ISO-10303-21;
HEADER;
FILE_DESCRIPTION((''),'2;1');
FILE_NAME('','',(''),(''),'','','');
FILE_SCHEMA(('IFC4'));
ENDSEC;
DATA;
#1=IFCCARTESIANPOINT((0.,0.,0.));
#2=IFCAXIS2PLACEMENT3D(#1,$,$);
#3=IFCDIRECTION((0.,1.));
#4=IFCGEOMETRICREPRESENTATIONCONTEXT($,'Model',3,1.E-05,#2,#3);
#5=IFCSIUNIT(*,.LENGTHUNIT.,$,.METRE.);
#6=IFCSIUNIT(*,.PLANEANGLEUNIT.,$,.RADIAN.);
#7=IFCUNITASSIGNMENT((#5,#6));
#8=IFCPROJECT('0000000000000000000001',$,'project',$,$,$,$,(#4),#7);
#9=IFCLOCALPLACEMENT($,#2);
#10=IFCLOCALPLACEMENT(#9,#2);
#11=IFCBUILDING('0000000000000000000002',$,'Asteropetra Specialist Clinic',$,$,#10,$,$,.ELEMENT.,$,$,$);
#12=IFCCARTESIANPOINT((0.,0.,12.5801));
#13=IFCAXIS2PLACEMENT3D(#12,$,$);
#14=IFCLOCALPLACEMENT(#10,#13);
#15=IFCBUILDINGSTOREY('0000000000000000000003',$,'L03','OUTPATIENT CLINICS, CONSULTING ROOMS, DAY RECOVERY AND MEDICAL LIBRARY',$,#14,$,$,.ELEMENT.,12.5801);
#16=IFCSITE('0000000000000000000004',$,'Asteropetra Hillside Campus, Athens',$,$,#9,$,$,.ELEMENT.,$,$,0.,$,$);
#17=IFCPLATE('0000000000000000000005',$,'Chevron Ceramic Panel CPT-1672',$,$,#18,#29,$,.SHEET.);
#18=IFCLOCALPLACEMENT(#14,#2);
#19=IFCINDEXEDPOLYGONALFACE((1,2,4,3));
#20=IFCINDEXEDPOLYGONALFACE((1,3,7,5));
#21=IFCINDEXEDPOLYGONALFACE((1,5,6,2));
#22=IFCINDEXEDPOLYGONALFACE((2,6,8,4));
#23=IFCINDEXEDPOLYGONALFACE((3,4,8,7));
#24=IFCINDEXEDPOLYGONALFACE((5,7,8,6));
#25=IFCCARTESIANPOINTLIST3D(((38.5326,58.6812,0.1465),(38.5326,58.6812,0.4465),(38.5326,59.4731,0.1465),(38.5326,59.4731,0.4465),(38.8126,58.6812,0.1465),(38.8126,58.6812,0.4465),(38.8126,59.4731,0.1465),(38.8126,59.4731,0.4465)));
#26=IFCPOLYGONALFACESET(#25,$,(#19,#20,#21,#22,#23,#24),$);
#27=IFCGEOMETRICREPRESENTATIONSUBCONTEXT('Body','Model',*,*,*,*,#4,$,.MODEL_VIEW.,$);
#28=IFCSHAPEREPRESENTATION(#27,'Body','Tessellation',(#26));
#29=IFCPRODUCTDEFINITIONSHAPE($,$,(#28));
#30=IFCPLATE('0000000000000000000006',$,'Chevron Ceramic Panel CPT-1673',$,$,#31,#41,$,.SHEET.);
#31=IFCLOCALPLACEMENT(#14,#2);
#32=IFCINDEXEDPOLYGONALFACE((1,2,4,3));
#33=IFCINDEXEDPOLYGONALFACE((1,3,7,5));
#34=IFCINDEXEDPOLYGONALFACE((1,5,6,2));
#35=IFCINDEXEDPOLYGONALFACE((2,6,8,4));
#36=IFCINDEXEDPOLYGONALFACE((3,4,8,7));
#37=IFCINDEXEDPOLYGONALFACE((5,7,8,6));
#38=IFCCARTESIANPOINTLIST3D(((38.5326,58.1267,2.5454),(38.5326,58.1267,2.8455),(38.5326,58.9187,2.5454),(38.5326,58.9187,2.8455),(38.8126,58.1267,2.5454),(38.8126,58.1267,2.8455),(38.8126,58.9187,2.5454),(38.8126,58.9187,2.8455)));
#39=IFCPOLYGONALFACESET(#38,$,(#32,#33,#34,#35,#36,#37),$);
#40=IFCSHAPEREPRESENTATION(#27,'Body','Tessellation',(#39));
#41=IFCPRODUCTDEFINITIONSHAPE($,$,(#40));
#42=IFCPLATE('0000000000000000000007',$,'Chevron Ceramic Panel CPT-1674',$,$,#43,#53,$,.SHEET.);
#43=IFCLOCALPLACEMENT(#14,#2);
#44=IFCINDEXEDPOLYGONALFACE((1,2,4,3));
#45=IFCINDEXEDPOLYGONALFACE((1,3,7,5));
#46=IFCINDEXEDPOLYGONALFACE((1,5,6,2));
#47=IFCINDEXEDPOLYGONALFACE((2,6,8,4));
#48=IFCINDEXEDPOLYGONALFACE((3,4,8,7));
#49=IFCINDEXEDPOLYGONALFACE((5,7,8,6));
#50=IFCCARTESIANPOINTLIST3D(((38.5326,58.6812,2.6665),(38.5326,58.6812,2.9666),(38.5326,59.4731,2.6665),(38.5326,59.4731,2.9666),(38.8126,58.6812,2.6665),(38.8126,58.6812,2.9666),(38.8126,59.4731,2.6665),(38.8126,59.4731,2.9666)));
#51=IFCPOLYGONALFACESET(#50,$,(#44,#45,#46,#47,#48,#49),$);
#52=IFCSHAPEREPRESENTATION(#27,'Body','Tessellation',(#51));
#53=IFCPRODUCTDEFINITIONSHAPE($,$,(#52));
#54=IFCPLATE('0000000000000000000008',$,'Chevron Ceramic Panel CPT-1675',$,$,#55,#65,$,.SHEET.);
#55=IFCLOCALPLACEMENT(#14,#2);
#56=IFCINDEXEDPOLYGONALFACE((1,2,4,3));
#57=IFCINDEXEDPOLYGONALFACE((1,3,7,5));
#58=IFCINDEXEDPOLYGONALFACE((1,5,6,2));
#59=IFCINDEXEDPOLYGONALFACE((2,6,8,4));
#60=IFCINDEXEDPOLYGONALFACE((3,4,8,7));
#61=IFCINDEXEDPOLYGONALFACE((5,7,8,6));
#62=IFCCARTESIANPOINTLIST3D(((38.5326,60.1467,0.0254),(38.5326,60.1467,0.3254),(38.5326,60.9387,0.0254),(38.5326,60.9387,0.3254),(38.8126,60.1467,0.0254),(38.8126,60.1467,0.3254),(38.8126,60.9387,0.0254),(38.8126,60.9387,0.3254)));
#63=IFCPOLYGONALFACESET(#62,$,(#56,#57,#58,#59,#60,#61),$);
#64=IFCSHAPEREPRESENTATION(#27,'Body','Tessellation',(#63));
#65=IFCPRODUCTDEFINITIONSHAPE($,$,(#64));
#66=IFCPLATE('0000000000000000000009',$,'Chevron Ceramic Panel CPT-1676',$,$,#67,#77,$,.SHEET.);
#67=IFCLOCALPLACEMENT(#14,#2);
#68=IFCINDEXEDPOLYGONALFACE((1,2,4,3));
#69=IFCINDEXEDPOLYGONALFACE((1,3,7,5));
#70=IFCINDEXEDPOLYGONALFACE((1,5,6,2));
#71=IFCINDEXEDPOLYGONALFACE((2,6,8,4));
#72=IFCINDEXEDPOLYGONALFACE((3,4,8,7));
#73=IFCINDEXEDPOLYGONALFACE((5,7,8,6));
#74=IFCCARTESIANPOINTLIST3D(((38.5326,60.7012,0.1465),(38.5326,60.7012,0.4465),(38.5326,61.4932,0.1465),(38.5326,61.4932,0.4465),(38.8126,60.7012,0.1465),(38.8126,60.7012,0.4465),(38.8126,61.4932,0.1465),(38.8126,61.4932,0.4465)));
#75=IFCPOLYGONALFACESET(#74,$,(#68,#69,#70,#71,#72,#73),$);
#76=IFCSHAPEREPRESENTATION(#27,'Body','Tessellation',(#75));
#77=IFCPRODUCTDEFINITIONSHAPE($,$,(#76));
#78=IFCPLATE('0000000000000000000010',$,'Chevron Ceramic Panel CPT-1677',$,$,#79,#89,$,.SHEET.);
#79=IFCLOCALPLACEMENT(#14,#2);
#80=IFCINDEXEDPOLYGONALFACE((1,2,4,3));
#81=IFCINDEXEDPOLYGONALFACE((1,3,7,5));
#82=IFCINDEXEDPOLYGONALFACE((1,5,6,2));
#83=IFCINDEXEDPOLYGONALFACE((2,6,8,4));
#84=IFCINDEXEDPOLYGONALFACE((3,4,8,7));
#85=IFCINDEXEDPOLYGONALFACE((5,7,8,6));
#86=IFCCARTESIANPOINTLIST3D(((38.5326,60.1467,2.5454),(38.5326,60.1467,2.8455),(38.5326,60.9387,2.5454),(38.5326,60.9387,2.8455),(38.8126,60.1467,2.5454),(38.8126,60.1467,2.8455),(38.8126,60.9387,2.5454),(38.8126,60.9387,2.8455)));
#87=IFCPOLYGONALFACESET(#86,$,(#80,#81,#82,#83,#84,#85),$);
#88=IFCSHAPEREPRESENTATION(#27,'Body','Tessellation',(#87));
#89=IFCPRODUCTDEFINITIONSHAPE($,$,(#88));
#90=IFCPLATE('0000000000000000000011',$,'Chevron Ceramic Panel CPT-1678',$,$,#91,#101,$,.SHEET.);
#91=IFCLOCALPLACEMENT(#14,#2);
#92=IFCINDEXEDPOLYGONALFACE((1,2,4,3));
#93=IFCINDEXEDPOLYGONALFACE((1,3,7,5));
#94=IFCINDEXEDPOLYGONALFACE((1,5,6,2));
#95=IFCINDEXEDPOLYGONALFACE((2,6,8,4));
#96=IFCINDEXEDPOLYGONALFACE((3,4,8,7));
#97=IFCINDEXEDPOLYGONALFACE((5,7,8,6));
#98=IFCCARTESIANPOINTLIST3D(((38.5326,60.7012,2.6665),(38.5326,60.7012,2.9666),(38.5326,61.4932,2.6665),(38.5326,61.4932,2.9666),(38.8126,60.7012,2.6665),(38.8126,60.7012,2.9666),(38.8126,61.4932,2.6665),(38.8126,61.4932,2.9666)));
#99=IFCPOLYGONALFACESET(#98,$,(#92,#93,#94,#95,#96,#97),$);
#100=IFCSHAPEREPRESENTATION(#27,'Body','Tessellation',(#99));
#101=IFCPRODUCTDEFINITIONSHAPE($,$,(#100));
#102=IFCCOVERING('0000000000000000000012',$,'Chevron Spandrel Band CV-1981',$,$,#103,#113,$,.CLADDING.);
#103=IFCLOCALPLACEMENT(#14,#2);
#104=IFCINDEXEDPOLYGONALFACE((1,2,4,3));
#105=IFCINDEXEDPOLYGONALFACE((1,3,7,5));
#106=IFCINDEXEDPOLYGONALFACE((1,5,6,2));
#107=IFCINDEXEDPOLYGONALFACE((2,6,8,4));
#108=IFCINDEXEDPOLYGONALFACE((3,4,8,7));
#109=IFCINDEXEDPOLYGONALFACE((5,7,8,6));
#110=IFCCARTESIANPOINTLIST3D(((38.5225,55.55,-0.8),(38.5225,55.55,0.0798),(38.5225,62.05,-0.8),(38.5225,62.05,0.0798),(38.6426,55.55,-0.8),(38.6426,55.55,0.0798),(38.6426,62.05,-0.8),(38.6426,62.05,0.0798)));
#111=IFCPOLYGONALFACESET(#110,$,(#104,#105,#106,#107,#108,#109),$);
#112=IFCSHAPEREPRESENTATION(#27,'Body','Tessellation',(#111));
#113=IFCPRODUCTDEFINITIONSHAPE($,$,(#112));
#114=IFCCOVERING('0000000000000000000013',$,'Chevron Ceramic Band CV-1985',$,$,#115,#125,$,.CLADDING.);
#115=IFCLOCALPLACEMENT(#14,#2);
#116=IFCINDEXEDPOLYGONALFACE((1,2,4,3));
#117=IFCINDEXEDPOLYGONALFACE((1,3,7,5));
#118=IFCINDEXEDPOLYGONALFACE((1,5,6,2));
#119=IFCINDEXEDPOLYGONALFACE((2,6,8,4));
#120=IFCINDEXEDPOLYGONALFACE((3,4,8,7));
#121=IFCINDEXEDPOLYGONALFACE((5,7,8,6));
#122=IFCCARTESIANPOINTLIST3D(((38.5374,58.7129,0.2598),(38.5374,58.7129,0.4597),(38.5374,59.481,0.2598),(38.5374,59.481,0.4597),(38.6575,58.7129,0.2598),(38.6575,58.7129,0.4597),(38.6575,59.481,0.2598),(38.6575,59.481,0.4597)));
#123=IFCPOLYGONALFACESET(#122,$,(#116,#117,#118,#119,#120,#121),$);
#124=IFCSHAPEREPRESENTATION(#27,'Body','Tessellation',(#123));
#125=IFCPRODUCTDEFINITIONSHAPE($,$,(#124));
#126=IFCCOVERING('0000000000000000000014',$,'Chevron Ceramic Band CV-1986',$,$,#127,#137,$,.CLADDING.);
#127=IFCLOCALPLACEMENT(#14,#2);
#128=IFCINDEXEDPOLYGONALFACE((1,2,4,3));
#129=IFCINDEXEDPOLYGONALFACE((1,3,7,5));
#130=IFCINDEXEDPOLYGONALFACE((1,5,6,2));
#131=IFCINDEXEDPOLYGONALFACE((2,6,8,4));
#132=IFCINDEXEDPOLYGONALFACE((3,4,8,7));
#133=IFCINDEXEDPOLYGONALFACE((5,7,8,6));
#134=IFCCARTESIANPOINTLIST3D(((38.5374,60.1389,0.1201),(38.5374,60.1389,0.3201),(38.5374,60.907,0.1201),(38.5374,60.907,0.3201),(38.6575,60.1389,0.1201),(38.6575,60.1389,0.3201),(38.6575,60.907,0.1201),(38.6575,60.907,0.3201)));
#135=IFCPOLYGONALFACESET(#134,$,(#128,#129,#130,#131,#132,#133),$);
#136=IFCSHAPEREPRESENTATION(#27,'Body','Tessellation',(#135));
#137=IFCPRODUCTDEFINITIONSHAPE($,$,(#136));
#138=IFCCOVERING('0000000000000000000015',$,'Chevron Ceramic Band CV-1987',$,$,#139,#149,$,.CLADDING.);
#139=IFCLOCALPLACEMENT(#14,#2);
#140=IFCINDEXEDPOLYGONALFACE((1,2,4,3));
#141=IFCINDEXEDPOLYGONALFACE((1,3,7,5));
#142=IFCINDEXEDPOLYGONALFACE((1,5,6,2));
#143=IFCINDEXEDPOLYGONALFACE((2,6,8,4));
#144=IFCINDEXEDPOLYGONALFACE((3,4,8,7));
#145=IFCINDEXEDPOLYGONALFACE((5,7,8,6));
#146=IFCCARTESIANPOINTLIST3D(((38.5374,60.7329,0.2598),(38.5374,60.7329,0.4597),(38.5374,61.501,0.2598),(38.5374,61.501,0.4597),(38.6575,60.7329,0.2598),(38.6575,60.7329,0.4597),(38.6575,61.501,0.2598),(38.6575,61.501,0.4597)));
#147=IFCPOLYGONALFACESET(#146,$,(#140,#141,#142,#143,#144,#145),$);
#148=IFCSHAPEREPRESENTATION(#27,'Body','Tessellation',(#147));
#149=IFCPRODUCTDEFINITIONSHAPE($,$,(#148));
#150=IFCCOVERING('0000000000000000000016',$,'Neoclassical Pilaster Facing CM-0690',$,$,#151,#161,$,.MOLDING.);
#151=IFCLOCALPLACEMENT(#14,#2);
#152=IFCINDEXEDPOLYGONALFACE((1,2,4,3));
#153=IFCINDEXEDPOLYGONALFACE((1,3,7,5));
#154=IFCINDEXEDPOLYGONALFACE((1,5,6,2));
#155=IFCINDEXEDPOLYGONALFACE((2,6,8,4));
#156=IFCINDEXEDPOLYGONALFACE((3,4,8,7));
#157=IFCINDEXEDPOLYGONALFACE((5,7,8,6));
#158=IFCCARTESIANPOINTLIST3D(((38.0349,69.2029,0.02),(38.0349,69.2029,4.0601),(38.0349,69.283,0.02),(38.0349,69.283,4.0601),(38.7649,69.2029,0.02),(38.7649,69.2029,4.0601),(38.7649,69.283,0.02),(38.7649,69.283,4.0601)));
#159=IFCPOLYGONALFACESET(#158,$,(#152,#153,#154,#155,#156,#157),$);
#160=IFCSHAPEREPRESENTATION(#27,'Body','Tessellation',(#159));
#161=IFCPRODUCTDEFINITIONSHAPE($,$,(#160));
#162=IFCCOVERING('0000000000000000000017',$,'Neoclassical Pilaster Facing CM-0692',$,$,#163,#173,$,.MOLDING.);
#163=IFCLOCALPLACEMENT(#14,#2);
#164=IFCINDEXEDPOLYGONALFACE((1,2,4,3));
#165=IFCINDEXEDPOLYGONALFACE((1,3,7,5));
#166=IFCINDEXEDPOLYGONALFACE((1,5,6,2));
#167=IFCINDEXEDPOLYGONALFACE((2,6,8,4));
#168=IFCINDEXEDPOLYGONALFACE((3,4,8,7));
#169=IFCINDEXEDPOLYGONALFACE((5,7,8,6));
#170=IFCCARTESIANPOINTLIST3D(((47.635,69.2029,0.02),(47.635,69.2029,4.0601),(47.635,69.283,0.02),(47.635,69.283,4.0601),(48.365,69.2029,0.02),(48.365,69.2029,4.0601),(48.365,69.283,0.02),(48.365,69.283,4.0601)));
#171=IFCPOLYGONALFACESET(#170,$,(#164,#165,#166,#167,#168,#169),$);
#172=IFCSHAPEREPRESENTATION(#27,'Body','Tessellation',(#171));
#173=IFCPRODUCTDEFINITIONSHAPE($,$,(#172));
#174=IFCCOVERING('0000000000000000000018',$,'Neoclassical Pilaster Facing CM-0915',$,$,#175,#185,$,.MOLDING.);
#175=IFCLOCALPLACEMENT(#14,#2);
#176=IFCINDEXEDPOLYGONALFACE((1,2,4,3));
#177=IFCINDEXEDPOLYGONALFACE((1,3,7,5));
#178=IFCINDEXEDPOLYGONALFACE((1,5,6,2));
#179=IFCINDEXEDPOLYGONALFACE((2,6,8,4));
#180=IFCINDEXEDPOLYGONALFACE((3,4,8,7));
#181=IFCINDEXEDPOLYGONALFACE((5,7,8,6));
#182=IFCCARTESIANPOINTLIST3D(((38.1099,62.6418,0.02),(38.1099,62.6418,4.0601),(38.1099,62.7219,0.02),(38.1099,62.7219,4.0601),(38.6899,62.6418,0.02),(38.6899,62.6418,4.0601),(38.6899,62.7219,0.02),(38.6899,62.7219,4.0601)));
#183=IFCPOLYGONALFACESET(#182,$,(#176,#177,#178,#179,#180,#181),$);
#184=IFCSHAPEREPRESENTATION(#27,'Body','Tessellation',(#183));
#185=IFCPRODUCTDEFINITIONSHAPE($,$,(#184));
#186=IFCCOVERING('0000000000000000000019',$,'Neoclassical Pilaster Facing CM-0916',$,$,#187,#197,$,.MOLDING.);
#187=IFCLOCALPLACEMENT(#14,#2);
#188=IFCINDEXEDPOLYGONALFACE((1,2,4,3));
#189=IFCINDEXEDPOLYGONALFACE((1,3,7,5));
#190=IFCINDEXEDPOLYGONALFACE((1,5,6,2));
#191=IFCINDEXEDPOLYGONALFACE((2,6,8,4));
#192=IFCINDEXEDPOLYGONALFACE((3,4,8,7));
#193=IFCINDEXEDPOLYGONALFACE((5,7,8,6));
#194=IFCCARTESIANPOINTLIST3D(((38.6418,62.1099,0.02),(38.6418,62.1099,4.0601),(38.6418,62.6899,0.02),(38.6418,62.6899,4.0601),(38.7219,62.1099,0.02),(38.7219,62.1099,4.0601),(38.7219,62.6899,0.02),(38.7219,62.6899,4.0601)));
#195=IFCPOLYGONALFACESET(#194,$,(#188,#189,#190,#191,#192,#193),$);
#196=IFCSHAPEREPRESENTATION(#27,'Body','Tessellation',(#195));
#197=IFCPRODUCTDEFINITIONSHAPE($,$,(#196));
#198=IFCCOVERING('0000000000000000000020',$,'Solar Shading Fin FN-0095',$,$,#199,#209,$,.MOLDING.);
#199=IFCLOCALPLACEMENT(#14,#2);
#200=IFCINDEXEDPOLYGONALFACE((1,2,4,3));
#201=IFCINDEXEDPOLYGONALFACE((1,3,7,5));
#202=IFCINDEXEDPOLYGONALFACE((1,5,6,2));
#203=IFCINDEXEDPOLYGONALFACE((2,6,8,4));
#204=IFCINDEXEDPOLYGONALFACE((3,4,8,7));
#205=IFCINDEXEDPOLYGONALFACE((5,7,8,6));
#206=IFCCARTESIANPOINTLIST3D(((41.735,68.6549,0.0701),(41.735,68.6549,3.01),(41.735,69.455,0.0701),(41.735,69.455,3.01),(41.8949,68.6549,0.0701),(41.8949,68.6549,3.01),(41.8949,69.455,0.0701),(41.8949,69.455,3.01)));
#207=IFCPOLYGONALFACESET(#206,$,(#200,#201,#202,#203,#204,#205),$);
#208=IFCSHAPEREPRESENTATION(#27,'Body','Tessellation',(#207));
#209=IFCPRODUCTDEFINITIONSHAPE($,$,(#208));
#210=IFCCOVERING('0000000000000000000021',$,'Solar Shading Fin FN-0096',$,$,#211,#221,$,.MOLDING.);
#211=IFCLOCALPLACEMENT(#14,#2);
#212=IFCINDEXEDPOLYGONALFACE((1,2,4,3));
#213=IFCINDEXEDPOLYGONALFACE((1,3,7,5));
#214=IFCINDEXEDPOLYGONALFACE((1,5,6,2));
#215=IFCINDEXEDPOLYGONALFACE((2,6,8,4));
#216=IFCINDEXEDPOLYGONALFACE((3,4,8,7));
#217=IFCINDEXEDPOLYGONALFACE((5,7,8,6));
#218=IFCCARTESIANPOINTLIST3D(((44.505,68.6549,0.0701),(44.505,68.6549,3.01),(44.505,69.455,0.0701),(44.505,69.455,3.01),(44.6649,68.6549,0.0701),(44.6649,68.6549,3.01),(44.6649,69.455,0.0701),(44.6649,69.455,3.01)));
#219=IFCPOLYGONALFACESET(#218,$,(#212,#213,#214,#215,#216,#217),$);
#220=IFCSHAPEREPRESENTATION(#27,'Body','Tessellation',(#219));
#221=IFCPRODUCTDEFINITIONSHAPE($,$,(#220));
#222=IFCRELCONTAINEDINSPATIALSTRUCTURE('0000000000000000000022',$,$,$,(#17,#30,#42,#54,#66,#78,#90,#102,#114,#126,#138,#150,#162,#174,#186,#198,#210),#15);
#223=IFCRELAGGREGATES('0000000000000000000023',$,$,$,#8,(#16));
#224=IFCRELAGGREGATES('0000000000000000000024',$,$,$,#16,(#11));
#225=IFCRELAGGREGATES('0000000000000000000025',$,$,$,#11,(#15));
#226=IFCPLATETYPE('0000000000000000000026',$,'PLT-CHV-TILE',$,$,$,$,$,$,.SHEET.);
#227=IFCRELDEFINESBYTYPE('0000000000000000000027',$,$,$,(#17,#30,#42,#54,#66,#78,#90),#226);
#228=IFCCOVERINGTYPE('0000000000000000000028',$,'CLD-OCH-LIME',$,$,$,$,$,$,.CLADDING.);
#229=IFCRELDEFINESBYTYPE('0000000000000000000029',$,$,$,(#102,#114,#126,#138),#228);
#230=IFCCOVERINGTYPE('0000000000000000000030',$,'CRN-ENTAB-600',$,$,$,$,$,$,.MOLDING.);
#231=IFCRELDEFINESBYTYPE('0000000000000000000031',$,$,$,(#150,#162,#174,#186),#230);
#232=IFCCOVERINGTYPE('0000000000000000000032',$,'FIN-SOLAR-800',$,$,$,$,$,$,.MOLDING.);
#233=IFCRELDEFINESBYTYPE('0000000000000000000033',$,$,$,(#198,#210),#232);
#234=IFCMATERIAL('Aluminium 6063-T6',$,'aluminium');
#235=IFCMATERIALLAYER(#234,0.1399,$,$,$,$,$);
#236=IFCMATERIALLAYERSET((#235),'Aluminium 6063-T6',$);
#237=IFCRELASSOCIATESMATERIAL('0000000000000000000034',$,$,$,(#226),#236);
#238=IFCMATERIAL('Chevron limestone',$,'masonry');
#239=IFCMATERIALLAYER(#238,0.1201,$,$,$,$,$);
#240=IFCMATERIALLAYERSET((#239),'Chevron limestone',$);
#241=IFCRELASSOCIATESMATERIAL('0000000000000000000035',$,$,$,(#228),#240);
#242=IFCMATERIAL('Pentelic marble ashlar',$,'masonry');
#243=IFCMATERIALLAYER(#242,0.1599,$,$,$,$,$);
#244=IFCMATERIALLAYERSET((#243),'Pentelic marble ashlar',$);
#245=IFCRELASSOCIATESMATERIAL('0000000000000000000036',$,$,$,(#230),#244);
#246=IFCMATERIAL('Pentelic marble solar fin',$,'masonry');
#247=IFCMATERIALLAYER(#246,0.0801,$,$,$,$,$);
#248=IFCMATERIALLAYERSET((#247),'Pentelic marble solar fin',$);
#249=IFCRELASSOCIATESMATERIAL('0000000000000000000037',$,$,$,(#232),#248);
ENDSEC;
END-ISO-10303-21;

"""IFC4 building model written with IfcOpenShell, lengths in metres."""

from ifc_helpers import new_model, si_unit, direction, frame, origin, origin_2d, place, context, subcontext, project, spatial, rectangle, extrude, material, layer, layer_set, type_object, element, save


model = new_model("IFC4")

# Units and contexts
model_context = context("Model", 3, precision=1e-05, world=origin(), true_north=direction((0.0, 1.0)))
body_context = subcontext(model_context, "Body", "Model", "MODEL_VIEW")
ifc_project = project(units=[si_unit("LENGTHUNIT", "METRE"), si_unit("PLANEANGLEUNIT", "RADIAN")], contexts=[model_context])

# Site, building, storey
site_placement = place(None, origin())
site = spatial("IfcSite", under=ifc_project, at=site_placement, Name="Asteropetra Hillside Campus, Athens", CompositionType="ELEMENT", RefElevation=0.0)
building_placement = place(site_placement, origin())
building = spatial("IfcBuilding", under=site, at=building_placement, Name="Asteropetra Specialist Clinic", CompositionType="ELEMENT")
storey_placement = place(building_placement, frame((0.0, 0.0, 12.5801)))
storey = spatial("IfcBuildingStorey", under=building, at=storey_placement, Name="L03", Description="OUTPATIENT CLINICS, CONSULTING ROOMS, DAY RECOVERY AND MEDICAL LIBRARY", CompositionType="ELEMENT", Elevation=12.5801)

# Plates
ifc_material_1 = material(Name="Aluminium 6063-T6", Category="aluminium")
ifc_layer_1 = layer(ifc_material_1, 0.1399)
ifc_layer_set_1 = layer_set([ifc_layer_1], Name="Aluminium 6063-T6")
plate_type_1 = type_object("IfcPlateType", Name="PLT-CHV-TILE", PredefinedType="SHEET", material=ifc_layer_set_1)
for number, where, z_axis, x_axis, name in (
    (1, (38.6726, 59.0771, 0.1465), (0.0, 0.0, 1.0), (1.0, 0.0, 0.0), "Chevron Ceramic Panel CPT-1672"),
    (2, (38.6726, 58.5227, 2.5454), (0.0, 0.0, 1.0), (1.0, 0.0, 0.0), "Chevron Ceramic Panel CPT-1673"),
    (3, (38.6726, 59.0771, 2.6665), (0.0, 0.0, 1.0), (1.0, 0.0, 0.0), "Chevron Ceramic Panel CPT-1674"),
    (4, (38.6726, 60.5427, 0.0254), (0.0, 0.0, 1.0), (1.0, 0.0, 0.0), "Chevron Ceramic Panel CPT-1675"),
    (5, (38.6726, 61.0972, 0.1465), (0.0, 0.0, 1.0), (1.0, 0.0, 0.0), "Chevron Ceramic Panel CPT-1676"),
    (6, (38.6726, 60.5427, 2.5454), (0.0, 0.0, 1.0), (1.0, 0.0, 0.0), "Chevron Ceramic Panel CPT-1677"),
    (7, (38.6726, 61.0972, 2.6665), (0.0, 0.0, 1.0), (1.0, 0.0, 0.0), "Chevron Ceramic Panel CPT-1678"),
):
    element("IfcPlate", number, at=place(storey_placement, frame(where, z_axis=z_axis, x_axis=x_axis)), inside=storey, type_object=plate_type_1, Name=name, PredefinedType="SHEET", context=body_context, shape_type="SweptSolid", body=[
        extrude(rectangle(XDim=0.28, YDim=0.792, at=origin_2d()), origin(), (0.0, 0.0, 1.0), 0.3),
    ])

# Coverings
ifc_material_2 = material(Name="Chevron limestone", Category="masonry")
ifc_layer_2 = layer(ifc_material_2, 0.1201)
ifc_layer_set_2 = layer_set([ifc_layer_2], Name="Chevron limestone")
covering_type_1 = type_object("IfcCoveringType", Name="CLD-OCH-LIME", PredefinedType="CLADDING", material=ifc_layer_set_2)
covering_1_placement = place(storey_placement, frame((38.5825, 58.8, -0.8), z_axis=(0.0, 0.0, 1.0), x_axis=(1.0, 0.0, 0.0)))
element("IfcCovering", 8, at=covering_1_placement, inside=storey, type_object=covering_type_1, Name="Chevron Spandrel Band CV-1981", PredefinedType="CLADDING", context=body_context, shape_type="SweptSolid", body=[
    extrude(rectangle(XDim=0.1201, YDim=6.5, at=origin_2d()), origin(), (0.0, 0.0, 1.0), 0.8799),
])
for number, where, z_axis, x_axis, name in (
    (9, (38.5974, 59.0969, 0.2598), (0.0, 0.0, 1.0), (1.0, 0.0, 0.0), "Chevron Ceramic Band CV-1985"),
    (10, (38.5974, 60.5229, 0.1201), (0.0, 0.0, 1.0), (1.0, 0.0, 0.0), "Chevron Ceramic Band CV-1986"),
    (11, (38.5974, 61.1169, 0.2598), (0.0, 0.0, 1.0), (1.0, 0.0, 0.0), "Chevron Ceramic Band CV-1987"),
):
    element("IfcCovering", number, at=place(storey_placement, frame(where, z_axis=z_axis, x_axis=x_axis)), inside=storey, type_object=covering_type_1, Name=name, PredefinedType="CLADDING", context=body_context, shape_type="SweptSolid", body=[
        extrude(rectangle(XDim=0.1201, YDim=0.7681, at=origin_2d()), origin(), (0.0, 0.0, 1.0), 0.2),
    ])
ifc_material_3 = material(Name="Pentelic marble ashlar", Category="masonry")
ifc_layer_3 = layer(ifc_material_3, 0.1599)
ifc_layer_set_3 = layer_set([ifc_layer_3], Name="Pentelic marble ashlar")
covering_type_2 = type_object("IfcCoveringType", Name="CRN-ENTAB-600", PredefinedType="MOLDING", material=ifc_layer_set_3)
for number, where, z_axis, x_axis, name in (
    (12, (38.3999, 69.2429, 0.02), (0.0, 0.0, 1.0), (1.0, 0.0, 0.0), "Neoclassical Pilaster Facing CM-0690"),
    (13, (48.0, 69.2429, 0.02), (0.0, 0.0, 1.0), (1.0, 0.0, 0.0), "Neoclassical Pilaster Facing CM-0692"),
):
    element("IfcCovering", number, at=place(storey_placement, frame(where, z_axis=z_axis, x_axis=x_axis)), inside=storey, type_object=covering_type_2, Name=name, PredefinedType="MOLDING", context=body_context, shape_type="SweptSolid", body=[
        extrude(rectangle(XDim=0.73, YDim=0.0801, at=origin_2d()), origin(), (0.0, 0.0, 1.0), 4.04),
    ])
covering_2_placement = place(storey_placement, frame((38.3999, 62.6819, 0.02), z_axis=(0.0, 0.0, 1.0), x_axis=(1.0, 0.0, 0.0)))
element("IfcCovering", 14, at=covering_2_placement, inside=storey, type_object=covering_type_2, Name="Neoclassical Pilaster Facing CM-0915", PredefinedType="MOLDING", context=body_context, shape_type="SweptSolid", body=[
    extrude(rectangle(XDim=0.5801, YDim=0.0801, at=origin_2d()), origin(), (0.0, 0.0, 1.0), 4.04),
])
covering_3_placement = place(storey_placement, frame((38.6819, 62.3999, 0.02), z_axis=(0.0, 0.0, 1.0), x_axis=(1.0, 0.0, 0.0)))
element("IfcCovering", 15, at=covering_3_placement, inside=storey, type_object=covering_type_2, Name="Neoclassical Pilaster Facing CM-0916", PredefinedType="MOLDING", context=body_context, shape_type="SweptSolid", body=[
    extrude(rectangle(XDim=0.0801, YDim=0.5801, at=origin_2d()), origin(), (0.0, 0.0, 1.0), 4.04),
])
ifc_material_4 = material(Name="Pentelic marble solar fin", Category="masonry")
ifc_layer_4 = layer(ifc_material_4, 0.0801)
ifc_layer_set_4 = layer_set([ifc_layer_4], Name="Pentelic marble solar fin")
covering_type_3 = type_object("IfcCoveringType", Name="FIN-SOLAR-800", PredefinedType="MOLDING", material=ifc_layer_set_4)
for number, where, z_axis, x_axis, name in (
    (16, (41.8149, 69.0549, 0.0701), (0.0, 0.0, 1.0), (1.0, 0.0, 0.0), "Solar Shading Fin FN-0095"),
    (17, (44.585, 69.0549, 0.0701), (0.0, 0.0, 1.0), (1.0, 0.0, 0.0), "Solar Shading Fin FN-0096"),
):
    element("IfcCovering", number, at=place(storey_placement, frame(where, z_axis=z_axis, x_axis=x_axis)), inside=storey, type_object=covering_type_3, Name=name, PredefinedType="MOLDING", context=body_context, shape_type="SweptSolid", body=[
        extrude(rectangle(XDim=0.1599, YDim=0.8, at=origin_2d()), origin(), (0.0, 0.0, 1.0), 2.9399),
    ])

save(model, "model.ifc")
